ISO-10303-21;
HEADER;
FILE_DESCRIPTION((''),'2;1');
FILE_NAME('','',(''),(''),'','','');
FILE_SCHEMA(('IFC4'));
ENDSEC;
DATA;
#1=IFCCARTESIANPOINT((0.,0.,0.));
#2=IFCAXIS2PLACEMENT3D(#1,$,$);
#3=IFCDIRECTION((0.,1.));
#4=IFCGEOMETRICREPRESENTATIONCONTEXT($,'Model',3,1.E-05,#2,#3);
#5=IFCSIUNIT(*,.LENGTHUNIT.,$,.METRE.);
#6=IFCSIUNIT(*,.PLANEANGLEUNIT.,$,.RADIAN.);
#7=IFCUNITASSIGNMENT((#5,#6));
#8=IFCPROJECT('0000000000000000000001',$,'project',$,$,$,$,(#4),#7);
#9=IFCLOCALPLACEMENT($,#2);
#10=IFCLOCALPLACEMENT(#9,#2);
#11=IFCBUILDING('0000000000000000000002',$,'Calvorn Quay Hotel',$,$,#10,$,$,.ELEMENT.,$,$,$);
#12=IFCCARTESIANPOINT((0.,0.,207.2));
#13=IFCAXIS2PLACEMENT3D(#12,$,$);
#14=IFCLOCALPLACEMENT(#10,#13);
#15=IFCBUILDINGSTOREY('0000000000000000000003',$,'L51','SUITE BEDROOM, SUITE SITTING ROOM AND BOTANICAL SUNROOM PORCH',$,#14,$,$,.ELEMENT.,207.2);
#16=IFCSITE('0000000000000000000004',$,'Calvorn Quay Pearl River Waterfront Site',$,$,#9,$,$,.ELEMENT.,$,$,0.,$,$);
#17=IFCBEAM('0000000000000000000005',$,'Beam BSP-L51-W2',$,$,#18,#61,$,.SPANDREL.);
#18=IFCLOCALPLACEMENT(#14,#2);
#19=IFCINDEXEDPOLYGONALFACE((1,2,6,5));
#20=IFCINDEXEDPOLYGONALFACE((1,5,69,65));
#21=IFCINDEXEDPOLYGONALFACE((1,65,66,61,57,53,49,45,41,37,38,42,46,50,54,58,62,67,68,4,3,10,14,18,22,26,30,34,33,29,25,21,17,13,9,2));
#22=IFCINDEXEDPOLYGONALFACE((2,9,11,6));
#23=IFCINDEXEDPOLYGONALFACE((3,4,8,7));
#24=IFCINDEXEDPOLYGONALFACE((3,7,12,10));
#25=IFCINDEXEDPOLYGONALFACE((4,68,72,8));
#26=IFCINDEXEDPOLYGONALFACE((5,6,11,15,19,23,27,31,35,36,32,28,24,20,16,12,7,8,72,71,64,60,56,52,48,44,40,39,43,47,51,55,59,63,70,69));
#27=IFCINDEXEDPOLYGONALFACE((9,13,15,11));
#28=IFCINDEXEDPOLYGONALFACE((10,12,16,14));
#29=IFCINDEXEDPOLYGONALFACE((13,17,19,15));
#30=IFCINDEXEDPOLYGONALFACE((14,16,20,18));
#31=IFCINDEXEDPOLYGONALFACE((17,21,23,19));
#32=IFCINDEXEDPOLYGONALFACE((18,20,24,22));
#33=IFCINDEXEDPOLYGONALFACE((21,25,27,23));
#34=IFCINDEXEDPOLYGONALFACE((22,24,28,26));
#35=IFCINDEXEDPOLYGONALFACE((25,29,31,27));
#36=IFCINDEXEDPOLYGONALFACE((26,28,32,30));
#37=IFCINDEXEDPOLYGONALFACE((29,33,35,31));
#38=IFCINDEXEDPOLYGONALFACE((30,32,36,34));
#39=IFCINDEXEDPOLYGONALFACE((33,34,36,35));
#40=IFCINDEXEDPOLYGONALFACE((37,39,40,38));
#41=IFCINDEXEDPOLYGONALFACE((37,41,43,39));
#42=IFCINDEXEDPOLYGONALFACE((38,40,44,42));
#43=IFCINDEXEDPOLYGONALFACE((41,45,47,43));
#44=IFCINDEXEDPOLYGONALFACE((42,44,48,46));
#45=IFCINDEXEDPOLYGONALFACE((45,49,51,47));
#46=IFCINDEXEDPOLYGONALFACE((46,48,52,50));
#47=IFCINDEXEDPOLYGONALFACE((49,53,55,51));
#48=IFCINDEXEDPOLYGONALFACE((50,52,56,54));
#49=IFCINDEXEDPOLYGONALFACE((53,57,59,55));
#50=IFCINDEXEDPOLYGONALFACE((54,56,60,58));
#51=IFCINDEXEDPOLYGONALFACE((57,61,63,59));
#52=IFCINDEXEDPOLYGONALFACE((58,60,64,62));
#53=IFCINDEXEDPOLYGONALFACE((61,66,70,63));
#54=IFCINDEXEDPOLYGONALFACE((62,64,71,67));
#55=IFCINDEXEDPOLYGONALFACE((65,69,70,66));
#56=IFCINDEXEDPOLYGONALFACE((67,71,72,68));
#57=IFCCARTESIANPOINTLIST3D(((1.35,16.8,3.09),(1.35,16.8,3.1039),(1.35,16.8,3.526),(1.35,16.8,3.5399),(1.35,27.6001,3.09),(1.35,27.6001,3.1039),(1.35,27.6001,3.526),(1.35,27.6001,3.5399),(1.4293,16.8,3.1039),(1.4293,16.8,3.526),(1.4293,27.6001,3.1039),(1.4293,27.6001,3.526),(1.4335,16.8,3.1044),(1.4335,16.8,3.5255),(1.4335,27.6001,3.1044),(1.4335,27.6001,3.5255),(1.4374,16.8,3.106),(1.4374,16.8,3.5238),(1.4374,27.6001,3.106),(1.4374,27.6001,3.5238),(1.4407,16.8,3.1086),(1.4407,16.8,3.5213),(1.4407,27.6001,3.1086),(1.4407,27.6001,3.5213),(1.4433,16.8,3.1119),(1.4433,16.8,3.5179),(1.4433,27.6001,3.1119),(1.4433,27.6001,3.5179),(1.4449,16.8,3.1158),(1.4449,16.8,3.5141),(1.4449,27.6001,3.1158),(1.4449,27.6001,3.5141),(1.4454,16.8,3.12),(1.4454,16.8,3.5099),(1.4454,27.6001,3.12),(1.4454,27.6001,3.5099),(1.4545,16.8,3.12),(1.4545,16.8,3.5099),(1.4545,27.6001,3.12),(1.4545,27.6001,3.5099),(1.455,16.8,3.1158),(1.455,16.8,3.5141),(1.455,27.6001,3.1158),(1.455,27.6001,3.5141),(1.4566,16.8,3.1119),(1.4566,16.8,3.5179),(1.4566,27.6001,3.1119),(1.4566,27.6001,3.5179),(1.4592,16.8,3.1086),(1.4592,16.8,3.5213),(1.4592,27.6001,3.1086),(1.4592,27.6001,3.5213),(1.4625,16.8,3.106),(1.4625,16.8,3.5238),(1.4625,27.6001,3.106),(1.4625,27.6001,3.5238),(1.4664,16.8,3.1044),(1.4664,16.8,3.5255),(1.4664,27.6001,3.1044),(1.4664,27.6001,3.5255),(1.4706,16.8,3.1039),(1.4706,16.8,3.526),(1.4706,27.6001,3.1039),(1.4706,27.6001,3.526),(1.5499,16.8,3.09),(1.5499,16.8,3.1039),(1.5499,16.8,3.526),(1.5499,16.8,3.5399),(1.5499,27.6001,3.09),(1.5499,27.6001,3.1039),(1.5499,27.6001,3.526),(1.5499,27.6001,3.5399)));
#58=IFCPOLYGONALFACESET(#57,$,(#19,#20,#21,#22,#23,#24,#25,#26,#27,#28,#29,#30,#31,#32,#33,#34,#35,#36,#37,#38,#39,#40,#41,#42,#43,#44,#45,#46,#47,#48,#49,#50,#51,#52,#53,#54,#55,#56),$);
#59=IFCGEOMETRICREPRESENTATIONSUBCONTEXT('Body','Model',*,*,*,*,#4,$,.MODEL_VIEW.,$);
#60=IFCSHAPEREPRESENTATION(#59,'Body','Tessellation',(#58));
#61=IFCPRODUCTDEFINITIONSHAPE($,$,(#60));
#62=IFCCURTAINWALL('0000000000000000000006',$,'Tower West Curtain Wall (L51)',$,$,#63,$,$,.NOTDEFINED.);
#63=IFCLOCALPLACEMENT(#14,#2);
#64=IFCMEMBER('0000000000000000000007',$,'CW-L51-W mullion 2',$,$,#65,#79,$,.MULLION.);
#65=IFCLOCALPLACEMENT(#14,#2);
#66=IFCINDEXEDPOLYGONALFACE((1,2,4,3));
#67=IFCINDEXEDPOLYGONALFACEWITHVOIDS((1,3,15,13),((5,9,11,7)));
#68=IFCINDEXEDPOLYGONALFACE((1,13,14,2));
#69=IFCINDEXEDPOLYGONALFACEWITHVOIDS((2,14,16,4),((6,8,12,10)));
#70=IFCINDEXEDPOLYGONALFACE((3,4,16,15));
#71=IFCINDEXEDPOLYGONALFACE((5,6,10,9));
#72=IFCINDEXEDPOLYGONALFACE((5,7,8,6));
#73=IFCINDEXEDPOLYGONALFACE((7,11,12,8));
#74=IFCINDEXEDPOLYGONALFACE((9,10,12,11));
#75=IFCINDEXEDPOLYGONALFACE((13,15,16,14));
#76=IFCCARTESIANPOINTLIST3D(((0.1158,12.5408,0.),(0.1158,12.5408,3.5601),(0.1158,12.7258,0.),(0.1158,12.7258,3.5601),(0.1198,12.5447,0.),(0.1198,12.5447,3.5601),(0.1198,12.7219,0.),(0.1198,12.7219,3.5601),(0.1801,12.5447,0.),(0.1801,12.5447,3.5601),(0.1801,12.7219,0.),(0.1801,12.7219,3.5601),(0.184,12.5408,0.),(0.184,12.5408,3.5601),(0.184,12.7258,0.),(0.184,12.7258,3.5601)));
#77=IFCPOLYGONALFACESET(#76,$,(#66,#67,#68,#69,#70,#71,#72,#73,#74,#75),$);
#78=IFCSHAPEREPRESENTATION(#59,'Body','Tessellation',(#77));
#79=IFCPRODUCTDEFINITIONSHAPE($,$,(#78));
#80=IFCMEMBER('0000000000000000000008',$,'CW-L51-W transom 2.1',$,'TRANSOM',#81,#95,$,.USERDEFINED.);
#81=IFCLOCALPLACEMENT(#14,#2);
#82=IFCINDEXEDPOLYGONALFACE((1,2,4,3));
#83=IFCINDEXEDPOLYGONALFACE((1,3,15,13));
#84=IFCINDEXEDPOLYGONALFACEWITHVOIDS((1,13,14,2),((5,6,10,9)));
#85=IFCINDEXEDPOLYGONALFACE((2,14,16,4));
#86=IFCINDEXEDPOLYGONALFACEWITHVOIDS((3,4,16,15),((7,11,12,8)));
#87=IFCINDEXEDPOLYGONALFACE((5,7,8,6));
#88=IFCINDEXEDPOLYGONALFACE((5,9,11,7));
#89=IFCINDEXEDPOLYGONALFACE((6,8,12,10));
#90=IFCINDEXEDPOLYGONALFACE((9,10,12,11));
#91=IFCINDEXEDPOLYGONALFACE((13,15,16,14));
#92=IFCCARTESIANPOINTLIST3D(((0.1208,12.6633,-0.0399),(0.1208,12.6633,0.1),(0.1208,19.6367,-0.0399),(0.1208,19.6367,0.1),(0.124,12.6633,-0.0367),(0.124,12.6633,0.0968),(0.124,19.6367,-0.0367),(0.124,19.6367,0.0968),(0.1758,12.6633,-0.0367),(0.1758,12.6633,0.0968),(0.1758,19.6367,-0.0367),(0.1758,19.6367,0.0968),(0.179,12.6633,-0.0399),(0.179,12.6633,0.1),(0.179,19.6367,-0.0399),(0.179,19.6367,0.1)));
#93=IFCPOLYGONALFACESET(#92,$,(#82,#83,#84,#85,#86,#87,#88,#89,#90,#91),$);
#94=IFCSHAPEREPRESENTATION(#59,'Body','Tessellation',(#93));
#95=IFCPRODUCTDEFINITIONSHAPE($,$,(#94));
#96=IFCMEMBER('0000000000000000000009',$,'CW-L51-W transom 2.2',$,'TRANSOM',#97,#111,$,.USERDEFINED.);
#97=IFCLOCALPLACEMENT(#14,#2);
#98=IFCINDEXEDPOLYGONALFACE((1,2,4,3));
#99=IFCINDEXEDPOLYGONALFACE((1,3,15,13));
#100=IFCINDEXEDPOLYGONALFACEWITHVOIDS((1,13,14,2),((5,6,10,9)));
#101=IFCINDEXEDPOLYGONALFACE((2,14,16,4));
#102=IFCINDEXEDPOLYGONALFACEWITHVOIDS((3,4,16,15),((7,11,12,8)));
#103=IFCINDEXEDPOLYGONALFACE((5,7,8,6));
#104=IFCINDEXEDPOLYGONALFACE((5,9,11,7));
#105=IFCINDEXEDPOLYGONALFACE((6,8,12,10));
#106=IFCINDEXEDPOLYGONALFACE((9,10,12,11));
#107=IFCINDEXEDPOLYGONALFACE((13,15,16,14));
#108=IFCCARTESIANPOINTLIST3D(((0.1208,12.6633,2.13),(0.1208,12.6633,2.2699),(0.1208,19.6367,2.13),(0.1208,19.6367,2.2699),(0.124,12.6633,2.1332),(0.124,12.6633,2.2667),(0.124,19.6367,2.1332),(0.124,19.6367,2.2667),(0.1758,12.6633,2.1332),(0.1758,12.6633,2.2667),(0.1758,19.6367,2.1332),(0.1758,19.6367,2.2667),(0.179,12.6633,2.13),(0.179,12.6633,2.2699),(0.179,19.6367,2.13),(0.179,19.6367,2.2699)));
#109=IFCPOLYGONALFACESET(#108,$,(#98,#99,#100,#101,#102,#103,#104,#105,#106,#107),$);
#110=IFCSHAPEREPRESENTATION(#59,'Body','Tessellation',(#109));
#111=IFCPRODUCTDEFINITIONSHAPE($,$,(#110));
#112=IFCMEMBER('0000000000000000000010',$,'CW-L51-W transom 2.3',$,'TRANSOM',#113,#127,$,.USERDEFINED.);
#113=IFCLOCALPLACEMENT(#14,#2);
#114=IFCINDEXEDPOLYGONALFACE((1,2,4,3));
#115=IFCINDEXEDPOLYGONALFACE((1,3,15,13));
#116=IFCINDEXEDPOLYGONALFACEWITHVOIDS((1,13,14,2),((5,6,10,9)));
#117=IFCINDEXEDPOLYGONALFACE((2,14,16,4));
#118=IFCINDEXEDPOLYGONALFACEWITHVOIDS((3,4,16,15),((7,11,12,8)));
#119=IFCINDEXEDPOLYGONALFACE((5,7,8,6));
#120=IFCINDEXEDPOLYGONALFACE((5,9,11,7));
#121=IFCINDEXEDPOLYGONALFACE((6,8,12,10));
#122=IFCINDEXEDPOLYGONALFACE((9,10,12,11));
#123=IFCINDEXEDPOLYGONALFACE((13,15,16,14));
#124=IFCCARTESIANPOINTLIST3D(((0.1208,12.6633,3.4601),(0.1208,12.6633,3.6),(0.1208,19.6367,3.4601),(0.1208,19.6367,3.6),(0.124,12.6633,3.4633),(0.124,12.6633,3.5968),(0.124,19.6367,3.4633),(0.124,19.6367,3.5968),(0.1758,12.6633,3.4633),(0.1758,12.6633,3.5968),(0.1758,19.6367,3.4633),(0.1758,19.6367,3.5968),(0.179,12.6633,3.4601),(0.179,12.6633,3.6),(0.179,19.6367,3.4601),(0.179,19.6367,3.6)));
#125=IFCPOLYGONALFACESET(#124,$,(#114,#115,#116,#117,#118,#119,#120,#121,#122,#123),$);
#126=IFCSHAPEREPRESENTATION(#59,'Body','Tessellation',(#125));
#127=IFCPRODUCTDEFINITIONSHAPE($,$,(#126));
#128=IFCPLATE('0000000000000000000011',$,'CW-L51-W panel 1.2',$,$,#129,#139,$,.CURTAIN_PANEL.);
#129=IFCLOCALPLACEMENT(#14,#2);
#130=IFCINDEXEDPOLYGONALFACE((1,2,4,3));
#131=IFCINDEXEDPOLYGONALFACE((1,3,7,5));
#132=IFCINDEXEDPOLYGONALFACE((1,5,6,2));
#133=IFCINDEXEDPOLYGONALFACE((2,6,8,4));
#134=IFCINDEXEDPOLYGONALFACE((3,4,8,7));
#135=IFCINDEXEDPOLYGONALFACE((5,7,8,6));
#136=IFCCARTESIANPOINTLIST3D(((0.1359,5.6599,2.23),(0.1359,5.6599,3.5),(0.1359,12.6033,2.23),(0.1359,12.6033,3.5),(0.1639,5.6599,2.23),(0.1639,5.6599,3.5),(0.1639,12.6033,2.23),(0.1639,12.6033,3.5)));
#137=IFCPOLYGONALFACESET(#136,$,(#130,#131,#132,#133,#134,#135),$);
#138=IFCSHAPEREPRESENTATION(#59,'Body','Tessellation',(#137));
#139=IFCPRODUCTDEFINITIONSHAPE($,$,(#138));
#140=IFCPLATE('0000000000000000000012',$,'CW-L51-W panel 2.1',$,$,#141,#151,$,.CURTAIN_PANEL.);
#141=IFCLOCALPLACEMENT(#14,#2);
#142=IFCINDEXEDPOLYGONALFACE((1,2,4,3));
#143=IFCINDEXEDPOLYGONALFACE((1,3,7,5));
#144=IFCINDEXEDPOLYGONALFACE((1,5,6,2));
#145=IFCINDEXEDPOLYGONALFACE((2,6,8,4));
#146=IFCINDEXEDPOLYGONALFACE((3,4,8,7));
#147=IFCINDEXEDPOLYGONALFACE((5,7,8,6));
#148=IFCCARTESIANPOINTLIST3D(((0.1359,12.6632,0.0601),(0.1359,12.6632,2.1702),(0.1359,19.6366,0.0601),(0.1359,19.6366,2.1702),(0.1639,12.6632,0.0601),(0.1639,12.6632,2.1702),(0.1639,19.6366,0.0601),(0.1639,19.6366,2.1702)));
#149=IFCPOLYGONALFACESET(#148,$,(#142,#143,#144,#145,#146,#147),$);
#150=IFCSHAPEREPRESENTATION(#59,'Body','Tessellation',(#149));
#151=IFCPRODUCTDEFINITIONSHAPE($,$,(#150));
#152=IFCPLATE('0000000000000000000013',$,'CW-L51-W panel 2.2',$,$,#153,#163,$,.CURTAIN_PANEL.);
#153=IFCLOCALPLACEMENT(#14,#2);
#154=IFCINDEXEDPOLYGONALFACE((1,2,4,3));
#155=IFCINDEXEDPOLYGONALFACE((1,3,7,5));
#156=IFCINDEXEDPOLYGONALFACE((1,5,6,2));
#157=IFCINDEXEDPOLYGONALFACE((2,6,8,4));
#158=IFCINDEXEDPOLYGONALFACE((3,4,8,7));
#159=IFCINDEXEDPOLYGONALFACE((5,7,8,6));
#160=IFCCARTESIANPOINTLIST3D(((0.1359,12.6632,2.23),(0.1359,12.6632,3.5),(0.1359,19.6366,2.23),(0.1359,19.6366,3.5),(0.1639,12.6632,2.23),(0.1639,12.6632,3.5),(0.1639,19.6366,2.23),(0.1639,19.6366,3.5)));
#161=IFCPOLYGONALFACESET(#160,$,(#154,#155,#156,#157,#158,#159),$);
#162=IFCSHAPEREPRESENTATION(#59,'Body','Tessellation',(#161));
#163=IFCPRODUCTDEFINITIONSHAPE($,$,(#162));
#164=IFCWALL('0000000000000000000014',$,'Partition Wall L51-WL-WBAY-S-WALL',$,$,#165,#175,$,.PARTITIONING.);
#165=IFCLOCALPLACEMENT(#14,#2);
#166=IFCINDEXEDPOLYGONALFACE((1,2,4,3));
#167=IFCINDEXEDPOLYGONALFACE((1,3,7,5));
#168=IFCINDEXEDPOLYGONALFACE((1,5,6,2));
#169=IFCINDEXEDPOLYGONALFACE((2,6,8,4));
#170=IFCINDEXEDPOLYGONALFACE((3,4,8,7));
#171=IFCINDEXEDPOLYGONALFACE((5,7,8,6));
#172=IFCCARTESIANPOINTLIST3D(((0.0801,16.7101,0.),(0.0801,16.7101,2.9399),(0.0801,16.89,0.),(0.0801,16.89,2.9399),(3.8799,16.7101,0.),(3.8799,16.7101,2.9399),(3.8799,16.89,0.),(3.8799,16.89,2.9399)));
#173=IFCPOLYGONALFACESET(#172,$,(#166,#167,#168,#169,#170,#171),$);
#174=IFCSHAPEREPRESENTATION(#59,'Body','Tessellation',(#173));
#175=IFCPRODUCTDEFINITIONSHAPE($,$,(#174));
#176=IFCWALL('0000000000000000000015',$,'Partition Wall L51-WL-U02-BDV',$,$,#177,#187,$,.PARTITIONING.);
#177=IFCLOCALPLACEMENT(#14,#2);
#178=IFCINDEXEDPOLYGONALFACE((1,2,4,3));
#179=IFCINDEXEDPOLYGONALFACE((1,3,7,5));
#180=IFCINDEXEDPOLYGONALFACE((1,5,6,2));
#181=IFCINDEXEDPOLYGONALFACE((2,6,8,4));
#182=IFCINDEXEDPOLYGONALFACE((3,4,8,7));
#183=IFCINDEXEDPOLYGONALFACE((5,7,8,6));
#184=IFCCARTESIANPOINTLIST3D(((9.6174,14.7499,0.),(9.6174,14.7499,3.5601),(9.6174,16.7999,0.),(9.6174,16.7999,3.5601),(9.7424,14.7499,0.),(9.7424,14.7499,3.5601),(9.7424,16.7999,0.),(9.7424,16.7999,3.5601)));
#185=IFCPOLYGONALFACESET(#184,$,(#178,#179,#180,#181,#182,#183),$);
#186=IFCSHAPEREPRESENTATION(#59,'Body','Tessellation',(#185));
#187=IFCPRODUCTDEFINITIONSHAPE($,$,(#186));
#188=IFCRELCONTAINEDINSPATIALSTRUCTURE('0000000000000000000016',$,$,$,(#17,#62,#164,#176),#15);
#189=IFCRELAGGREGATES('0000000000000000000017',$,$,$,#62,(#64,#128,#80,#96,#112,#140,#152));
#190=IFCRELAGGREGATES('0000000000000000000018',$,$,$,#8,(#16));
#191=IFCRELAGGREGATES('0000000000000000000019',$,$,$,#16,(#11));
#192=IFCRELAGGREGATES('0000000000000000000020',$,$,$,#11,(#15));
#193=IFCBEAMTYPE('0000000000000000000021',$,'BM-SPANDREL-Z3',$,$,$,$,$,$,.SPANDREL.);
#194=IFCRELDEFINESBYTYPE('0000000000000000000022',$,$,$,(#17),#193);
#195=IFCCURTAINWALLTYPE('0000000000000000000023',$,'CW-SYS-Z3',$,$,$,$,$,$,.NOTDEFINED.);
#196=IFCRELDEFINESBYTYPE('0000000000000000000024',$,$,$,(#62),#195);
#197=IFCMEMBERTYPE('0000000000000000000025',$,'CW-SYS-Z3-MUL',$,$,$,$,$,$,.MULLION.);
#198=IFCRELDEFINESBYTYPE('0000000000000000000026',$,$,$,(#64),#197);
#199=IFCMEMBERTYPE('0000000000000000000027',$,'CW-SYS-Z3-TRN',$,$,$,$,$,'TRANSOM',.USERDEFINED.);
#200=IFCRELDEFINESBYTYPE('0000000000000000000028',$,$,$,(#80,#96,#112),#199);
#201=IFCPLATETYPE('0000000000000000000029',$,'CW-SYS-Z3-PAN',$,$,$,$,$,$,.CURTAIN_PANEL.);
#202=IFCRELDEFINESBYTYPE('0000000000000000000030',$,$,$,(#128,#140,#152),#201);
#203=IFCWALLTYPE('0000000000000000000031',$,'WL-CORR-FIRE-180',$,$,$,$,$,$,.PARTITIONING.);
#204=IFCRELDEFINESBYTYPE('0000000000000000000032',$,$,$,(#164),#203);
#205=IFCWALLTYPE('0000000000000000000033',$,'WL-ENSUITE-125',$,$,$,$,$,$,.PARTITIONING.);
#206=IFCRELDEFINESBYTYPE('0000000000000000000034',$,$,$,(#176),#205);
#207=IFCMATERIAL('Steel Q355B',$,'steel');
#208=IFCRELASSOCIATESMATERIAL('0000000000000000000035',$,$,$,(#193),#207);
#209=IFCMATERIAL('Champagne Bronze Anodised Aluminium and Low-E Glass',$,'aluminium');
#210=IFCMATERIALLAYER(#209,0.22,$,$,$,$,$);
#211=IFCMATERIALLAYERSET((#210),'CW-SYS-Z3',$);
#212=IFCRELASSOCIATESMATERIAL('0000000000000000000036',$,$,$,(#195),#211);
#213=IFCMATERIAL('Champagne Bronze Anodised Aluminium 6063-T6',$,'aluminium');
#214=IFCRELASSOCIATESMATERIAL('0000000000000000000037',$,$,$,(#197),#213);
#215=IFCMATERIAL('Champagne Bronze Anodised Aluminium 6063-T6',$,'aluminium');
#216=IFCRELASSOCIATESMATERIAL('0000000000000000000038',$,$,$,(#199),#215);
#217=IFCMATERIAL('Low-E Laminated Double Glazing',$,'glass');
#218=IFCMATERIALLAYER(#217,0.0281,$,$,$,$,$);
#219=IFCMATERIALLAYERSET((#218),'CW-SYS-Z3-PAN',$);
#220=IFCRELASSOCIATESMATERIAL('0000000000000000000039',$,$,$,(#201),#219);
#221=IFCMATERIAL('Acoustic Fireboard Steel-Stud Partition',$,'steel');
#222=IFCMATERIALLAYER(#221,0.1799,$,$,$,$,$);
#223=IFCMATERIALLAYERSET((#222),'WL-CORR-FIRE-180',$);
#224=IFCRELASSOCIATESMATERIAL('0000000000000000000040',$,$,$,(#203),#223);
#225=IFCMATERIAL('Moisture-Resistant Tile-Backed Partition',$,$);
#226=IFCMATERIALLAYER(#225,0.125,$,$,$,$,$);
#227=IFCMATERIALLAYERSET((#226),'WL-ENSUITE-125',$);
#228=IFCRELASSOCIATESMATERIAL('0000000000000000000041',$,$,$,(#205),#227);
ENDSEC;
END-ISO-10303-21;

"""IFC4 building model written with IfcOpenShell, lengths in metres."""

from ifc_helpers import new_model, si_unit, direction, frame, frame_2d, origin, origin_2d, place, context, subcontext, project, spatial, rectangle, hollow_rectangle, i_section, extrude, material, layer, layer_set, material_profile, profile_set, type_object, element, aggregate, save


model = new_model("IFC4")

# Units and contexts
model_context = context("Model", 3, precision=1e-05, world=origin(), true_north=direction((0.0, 1.0)))
body_context = subcontext(model_context, "Body", "Model", "MODEL_VIEW")
ifc_project = project(units=[si_unit("LENGTHUNIT", "METRE"), si_unit("PLANEANGLEUNIT", "RADIAN")], contexts=[model_context])

# Site, building, storey
site_placement = place(None, origin())
site = spatial("IfcSite", under=ifc_project, at=site_placement, Name="Calvorn Quay Pearl River Waterfront Site", CompositionType="ELEMENT", RefElevation=0.0)
building_placement = place(site_placement, origin())
building = spatial("IfcBuilding", under=site, at=building_placement, Name="Calvorn Quay Hotel", CompositionType="ELEMENT")
storey_placement = place(building_placement, frame((0.0, 0.0, 207.2)))
storey = spatial("IfcBuildingStorey", under=building, at=storey_placement, Name="L51", Description="SUITE BEDROOM, SUITE SITTING ROOM AND BOTANICAL SUNROOM PORCH", CompositionType="ELEMENT", Elevation=207.2)

# Beam
ifc_material_1 = material(Name="Steel Q355B", Category="steel")
ifc_material_profile_1 = material_profile(ifc_material_1, i_section(OverallWidth=0.2, OverallDepth=0.45, WebThickness=0.009, FlangeThickness=0.0139, FilletRadius=0.0161, at=origin_2d()), Name="HN450x200x9x14")
ifc_profile_set_1 = profile_set([ifc_material_profile_1], Name="Steel Q355B")
beam_type_1 = type_object("IfcBeamType", Name="BM-SPANDREL-Z3", PredefinedType="SPANDREL", material=ifc_profile_set_1)
beam_1_placement = place(storey_placement, frame((1.45, 16.8, 3.3149), z_axis=(0.0, 1.0, 0.0), x_axis=(-1.0, 0.0, 0.0)))
element("IfcBeam", 1, at=beam_1_placement, inside=storey, type_object=beam_type_1, Name="Beam BSP-L51-W2", PredefinedType="SPANDREL", context=body_context, shape_type="SweptSolid", body=[
    extrude(i_section(OverallWidth=0.2, OverallDepth=0.45, WebThickness=0.009, FlangeThickness=0.0139, FilletRadius=0.0161, at=origin_2d()), origin(), (0.0, 0.0, 1.0), 10.8),
])

# Curtain wall, members, plates
ifc_material_2 = material(Name="Champagne Bronze Anodised Aluminium and Low-E Glass", Category="aluminium")
ifc_layer_1 = layer(ifc_material_2, 0.22)
ifc_layer_set_1 = layer_set([ifc_layer_1], Name="CW-SYS-Z3")
curtain_wall_type = type_object("IfcCurtainWallType", Name="CW-SYS-Z3", PredefinedType="NOTDEFINED", material=ifc_layer_set_1)
curtain_wall_placement = place(storey_placement, origin())
curtain_wall = element("IfcCurtainWall", 2, at=curtain_wall_placement, inside=storey, type_object=curtain_wall_type, Name="Tower West Curtain Wall (L51)", PredefinedType="NOTDEFINED")
ifc_material_3 = material(Name="Champagne Bronze Anodised Aluminium 6063-T6", Category="aluminium")
ifc_material_profile_2 = material_profile(ifc_material_3, hollow_rectangle(XDim=0.0681, YDim=0.1851, WallThickness=0.0039, at=origin_2d()), Name="ALU-M185x68x4")
ifc_profile_set_2 = profile_set([ifc_material_profile_2], Name="Champagne Bronze Anodised Aluminium 6063-T6")
member_type_1 = type_object("IfcMemberType", Name="CW-SYS-Z3-MUL", PredefinedType="MULLION", material=ifc_profile_set_2)
member_1_placement = place(storey_placement, frame((0.1499, 12.6333, 0.0), z_axis=(0.0, 0.0, 1.0), x_axis=(-1.0, 0.0, 0.0)))
member_1 = element("IfcMember", 3, at=member_1_placement, type_object=member_type_1, Name="CW-L51-W mullion 2", PredefinedType="MULLION", context=body_context, shape_type="SweptSolid", body=[
    extrude(hollow_rectangle(XDim=0.0681, YDim=0.1851, WallThickness=0.0039, at=origin_2d()), origin(), (0.0, 0.0, 1.0), 3.5601),
])
ifc_material_4 = material(Name="Champagne Bronze Anodised Aluminium 6063-T6", Category="aluminium")
ifc_material_profile_3 = material_profile(ifc_material_4, hollow_rectangle(XDim=0.0581, YDim=0.1399, WallThickness=0.0032, at=origin_2d()), Name="ALU-T140x58x3.2")
ifc_profile_set_3 = profile_set([ifc_material_profile_3], Name="Champagne Bronze Anodised Aluminium 6063-T6")
member_type_2 = type_object("IfcMemberType", Name="CW-SYS-Z3-TRN", ElementType="TRANSOM", PredefinedType="USERDEFINED", material=ifc_profile_set_3)
member_2_placement = place(storey_placement, frame((0.1499, 12.6633, 0.03), z_axis=(0.0, 1.0, 0.0), x_axis=(-1.0, 0.0, 0.0)))
member_2 = element("IfcMember", 4, at=member_2_placement, type_object=member_type_2, Name="CW-L51-W transom 2.1", ObjectType="TRANSOM", PredefinedType="USERDEFINED", context=body_context, shape_type="SweptSolid", body=[
    extrude(hollow_rectangle(XDim=0.0581, YDim=0.1399, WallThickness=0.0032, at=origin_2d()), origin(), (0.0, 0.0, 1.0), 6.9734),
])
member_3_placement = place(storey_placement, frame((0.1499, 12.6633, 2.2), z_axis=(0.0, 1.0, 0.0), x_axis=(-1.0, 0.0, 0.0)))
member_3 = element("IfcMember", 5, at=member_3_placement, type_object=member_type_2, Name="CW-L51-W transom 2.2", ObjectType="TRANSOM", PredefinedType="USERDEFINED", context=body_context, shape_type="SweptSolid", body=[
    extrude(hollow_rectangle(XDim=0.0581, YDim=0.1399, WallThickness=0.0032, at=origin_2d()), origin(), (0.0, 0.0, 1.0), 6.9734),
])
member_4_placement = place(storey_placement, frame((0.1499, 12.6633, 3.53), z_axis=(0.0, 1.0, 0.0), x_axis=(-1.0, 0.0, 0.0)))
member_4 = element("IfcMember", 6, at=member_4_placement, type_object=member_type_2, Name="CW-L51-W transom 2.3", ObjectType="TRANSOM", PredefinedType="USERDEFINED", context=body_context, shape_type="SweptSolid", body=[
    extrude(hollow_rectangle(XDim=0.0581, YDim=0.1399, WallThickness=0.0032, at=origin_2d()), origin(), (0.0, 0.0, 1.0), 6.9734),
])
ifc_material_5 = material(Name="Low-E Laminated Double Glazing", Category="glass")
ifc_layer_2 = layer(ifc_material_5, 0.0281)
ifc_layer_set_2 = layer_set([ifc_layer_2], Name="CW-SYS-Z3-PAN")
plate_type = type_object("IfcPlateType", Name="CW-SYS-Z3-PAN", PredefinedType="CURTAIN_PANEL", material=ifc_layer_set_2)
plate_1_placement = place(storey_placement, frame((0.1499, 9.1316, 2.23), z_axis=(0.0, 0.0, 1.0), x_axis=(0.0, 1.0, 0.0)))
plate_1 = element("IfcPlate", 7, at=plate_1_placement, type_object=plate_type, Name="CW-L51-W panel 1.2", PredefinedType="CURTAIN_PANEL", context=body_context, shape_type="SweptSolid", body=[
    extrude(rectangle(XDim=6.9434, YDim=0.0281, at=origin_2d()), origin(), (0.0, 0.0, 1.0), 1.27),
])
plate_2_placement = place(storey_placement, frame((0.1499, 16.1499, 0.0601), z_axis=(0.0, 0.0, 1.0), x_axis=(0.0, 1.0, 0.0)))
plate_2 = element("IfcPlate", 8, at=plate_2_placement, type_object=plate_type, Name="CW-L51-W panel 2.1", PredefinedType="CURTAIN_PANEL", context=body_context, shape_type="SweptSolid", body=[
    extrude(rectangle(XDim=6.9734, YDim=0.0281, at=origin_2d()), origin(), (0.0, 0.0, 1.0), 2.1101),
])
plate_3_placement = place(storey_placement, frame((0.1499, 16.1499, 2.23), z_axis=(0.0, 0.0, 1.0), x_axis=(0.0, 1.0, 0.0)))
plate_3 = element("IfcPlate", 9, at=plate_3_placement, type_object=plate_type, Name="CW-L51-W panel 2.2", PredefinedType="CURTAIN_PANEL", context=body_context, shape_type="SweptSolid", body=[
    extrude(rectangle(XDim=6.9734, YDim=0.0281, at=origin_2d()), origin(), (0.0, 0.0, 1.0), 1.27),
])
aggregate(curtain_wall, [member_1, plate_1, member_2, member_3, member_4, plate_2, plate_3])

# Walls
ifc_material_6 = material(Name="Acoustic Fireboard Steel-Stud Partition", Category="steel")
ifc_layer_3 = layer(ifc_material_6, 0.1799)
ifc_layer_set_3 = layer_set([ifc_layer_3], Name="WL-CORR-FIRE-180")
wall_type_1 = type_object("IfcWallType", Name="WL-CORR-FIRE-180", PredefinedType="PARTITIONING", material=ifc_layer_set_3)
wall_1_placement = place(storey_placement, frame((0.0801, 16.8, 0.0), z_axis=(0.0, 0.0, 1.0), x_axis=(1.0, 0.0, 0.0)))
element("IfcWall", 10, at=wall_1_placement, inside=storey, type_object=wall_type_1, Name="Partition Wall L51-WL-WBAY-S-WALL", PredefinedType="PARTITIONING", context=body_context, shape_type="SweptSolid", body=[
    extrude(rectangle(XDim=3.7998, YDim=0.1799, at=frame_2d((1.8999, 0.0))), origin(), (0.0, 0.0, 1.0), 2.9399),
])
ifc_material_7 = material(Name="Moisture-Resistant Tile-Backed Partition")
ifc_layer_4 = layer(ifc_material_7, 0.125)
ifc_layer_set_4 = layer_set([ifc_layer_4], Name="WL-ENSUITE-125")
wall_type_2 = type_object("IfcWallType", Name="WL-ENSUITE-125", PredefinedType="PARTITIONING", material=ifc_layer_set_4)
wall_2_placement = place(storey_placement, frame((9.6799, 14.75, 0.0), z_axis=(0.0, 0.0, 1.0), x_axis=(0.0, 1.0, 0.0)))
element("IfcWall", 11, at=wall_2_placement, inside=storey, type_object=wall_type_2, Name="Partition Wall L51-WL-U02-BDV", PredefinedType="PARTITIONING", context=body_context, shape_type="SweptSolid", body=[
    extrude(rectangle(XDim=2.05, YDim=0.125, at=frame_2d((1.0249, 0.0))), origin(), (0.0, 0.0, 1.0), 3.5601),
])

save(model, "model.ifc")
